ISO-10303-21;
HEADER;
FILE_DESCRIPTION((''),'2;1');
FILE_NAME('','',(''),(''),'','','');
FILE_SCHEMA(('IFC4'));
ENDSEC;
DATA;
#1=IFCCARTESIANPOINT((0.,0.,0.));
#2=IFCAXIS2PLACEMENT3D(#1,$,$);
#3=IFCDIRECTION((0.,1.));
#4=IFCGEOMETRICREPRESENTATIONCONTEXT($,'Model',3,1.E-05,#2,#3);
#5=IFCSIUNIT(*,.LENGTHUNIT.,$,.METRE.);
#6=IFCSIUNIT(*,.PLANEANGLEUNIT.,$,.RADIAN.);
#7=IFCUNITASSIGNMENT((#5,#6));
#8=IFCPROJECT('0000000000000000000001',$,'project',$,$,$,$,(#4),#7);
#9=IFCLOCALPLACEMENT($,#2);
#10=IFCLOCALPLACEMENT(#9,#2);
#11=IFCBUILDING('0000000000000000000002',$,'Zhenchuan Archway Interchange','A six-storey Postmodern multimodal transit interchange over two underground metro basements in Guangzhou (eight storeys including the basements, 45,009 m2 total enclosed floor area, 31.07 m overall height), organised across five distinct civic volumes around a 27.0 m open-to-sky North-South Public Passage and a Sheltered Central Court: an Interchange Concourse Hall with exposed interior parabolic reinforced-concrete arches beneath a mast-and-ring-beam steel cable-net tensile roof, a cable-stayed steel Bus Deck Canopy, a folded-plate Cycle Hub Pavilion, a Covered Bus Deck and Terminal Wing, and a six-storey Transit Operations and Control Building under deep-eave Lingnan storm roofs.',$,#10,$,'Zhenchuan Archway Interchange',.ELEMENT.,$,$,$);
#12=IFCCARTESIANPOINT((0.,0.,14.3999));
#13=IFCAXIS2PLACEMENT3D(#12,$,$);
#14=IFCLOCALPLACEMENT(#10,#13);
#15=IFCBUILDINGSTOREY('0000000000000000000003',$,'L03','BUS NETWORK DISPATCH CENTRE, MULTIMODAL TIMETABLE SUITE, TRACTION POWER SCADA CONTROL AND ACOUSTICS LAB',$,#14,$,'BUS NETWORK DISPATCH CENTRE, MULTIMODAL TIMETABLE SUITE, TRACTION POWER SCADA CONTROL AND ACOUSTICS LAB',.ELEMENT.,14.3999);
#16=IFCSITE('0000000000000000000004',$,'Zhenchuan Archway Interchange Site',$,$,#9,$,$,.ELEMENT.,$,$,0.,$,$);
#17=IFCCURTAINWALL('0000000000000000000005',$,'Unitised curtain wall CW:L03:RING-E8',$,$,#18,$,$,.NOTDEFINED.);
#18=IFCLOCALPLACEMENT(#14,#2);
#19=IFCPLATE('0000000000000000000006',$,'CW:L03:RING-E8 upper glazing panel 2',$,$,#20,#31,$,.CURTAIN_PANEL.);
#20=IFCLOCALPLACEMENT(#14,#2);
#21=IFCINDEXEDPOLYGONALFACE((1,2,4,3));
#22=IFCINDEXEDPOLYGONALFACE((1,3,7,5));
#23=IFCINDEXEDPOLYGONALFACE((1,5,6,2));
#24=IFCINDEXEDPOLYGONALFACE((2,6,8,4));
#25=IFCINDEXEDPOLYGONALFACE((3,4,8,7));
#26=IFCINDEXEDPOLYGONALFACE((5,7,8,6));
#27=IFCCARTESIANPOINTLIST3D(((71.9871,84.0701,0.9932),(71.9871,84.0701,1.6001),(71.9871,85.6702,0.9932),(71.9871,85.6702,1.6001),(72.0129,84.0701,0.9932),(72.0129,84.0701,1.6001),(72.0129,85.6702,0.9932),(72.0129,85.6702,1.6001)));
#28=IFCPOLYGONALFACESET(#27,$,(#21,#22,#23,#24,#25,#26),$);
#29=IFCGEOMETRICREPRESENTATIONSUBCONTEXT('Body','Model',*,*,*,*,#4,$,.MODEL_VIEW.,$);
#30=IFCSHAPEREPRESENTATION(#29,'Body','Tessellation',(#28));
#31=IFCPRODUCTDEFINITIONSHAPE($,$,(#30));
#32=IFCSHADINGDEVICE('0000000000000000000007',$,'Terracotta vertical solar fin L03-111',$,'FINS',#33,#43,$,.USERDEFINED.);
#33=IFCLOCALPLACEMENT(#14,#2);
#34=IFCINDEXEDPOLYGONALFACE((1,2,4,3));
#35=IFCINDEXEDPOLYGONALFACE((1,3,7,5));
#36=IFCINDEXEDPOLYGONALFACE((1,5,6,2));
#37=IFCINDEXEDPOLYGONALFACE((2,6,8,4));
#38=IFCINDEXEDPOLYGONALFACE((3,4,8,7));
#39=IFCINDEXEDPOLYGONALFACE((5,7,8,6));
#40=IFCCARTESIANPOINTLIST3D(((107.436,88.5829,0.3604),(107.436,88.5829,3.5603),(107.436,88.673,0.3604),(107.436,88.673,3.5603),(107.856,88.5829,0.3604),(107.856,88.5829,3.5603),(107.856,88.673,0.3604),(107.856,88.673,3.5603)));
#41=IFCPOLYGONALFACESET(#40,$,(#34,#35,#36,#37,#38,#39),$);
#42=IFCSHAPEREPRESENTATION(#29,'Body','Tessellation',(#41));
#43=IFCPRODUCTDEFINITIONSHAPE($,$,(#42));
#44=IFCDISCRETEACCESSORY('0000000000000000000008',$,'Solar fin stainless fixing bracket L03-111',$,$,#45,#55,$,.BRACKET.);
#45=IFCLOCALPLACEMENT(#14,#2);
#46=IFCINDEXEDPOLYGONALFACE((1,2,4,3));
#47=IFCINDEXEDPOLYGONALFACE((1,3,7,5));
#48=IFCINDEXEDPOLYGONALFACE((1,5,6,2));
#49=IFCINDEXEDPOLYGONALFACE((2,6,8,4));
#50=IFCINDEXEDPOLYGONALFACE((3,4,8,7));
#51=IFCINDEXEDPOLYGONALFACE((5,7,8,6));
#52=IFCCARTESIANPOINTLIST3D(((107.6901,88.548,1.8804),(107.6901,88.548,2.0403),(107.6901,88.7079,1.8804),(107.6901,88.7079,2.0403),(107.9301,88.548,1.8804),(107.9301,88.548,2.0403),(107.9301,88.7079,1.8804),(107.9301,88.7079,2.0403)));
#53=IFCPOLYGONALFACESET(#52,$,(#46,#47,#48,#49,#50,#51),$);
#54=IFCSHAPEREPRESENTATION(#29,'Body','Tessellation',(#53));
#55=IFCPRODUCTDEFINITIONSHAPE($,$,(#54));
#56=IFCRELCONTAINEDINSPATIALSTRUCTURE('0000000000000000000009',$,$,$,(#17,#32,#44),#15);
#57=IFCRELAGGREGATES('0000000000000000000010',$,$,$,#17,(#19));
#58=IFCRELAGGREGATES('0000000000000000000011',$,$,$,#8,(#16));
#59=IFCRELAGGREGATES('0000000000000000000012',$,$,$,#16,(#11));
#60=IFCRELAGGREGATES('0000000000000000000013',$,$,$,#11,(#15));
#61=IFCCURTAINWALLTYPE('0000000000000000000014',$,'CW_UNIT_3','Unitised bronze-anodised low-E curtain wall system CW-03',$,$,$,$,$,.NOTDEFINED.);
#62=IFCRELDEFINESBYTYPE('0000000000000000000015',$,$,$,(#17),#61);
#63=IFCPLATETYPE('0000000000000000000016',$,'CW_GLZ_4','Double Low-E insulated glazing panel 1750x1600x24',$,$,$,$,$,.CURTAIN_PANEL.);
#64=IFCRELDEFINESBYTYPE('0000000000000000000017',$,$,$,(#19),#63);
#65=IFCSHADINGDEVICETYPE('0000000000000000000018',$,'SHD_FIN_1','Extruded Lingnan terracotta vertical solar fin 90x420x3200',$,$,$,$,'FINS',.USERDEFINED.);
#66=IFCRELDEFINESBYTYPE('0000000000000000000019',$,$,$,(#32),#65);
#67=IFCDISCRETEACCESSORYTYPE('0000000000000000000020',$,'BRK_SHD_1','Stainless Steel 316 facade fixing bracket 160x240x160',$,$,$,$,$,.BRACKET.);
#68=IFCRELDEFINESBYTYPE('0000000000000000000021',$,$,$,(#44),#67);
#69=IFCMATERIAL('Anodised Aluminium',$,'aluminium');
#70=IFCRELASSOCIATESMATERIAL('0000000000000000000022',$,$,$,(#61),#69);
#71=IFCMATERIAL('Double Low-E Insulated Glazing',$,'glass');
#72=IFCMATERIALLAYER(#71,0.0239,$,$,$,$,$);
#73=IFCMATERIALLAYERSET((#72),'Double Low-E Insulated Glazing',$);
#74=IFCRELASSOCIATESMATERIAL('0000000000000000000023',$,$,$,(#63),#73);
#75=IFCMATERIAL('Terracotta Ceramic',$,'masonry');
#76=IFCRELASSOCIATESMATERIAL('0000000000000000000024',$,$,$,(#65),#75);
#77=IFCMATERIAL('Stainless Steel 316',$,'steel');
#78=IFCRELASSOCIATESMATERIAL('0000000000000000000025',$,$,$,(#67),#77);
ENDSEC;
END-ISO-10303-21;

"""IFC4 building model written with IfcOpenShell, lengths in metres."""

from ifc_helpers import new_model, si_unit, direction, frame, origin, origin_2d, place, context, subcontext, project, spatial, rectangle, extrude, material, layer, layer_set, type_object, element, aggregate, save


model = new_model("IFC4")

# Units and contexts
model_context = context("Model", 3, precision=1e-05, world=origin(), true_north=direction((0.0, 1.0)))
body_context = subcontext(model_context, "Body", "Model", "MODEL_VIEW")
ifc_project = project(units=[si_unit("LENGTHUNIT", "METRE"), si_unit("PLANEANGLEUNIT", "RADIAN")], contexts=[model_context])

# Site, building, storey
site_placement = place(None, origin())
site = spatial("IfcSite", under=ifc_project, at=site_placement, Name="Zhenchuan Archway Interchange Site", CompositionType="ELEMENT", RefElevation=0.0)
building_placement = place(site_placement, origin())
building = spatial("IfcBuilding", under=site, at=building_placement, Name="Zhenchuan Archway Interchange", Description="A six-storey Postmodern multimodal transit interchange over two underground metro basements in Guangzhou (eight storeys including the basements, 45,009 m2 total enclosed floor area, 31.07 m overall height), organised across five distinct civic volumes around a 27.0 m open-to-sky North-South Public Passage and a Sheltered Central Court: an Interchange Concourse Hall with exposed interior parabolic reinforced-concrete arches beneath a mast-and-ring-beam steel cable-net tensile roof, a cable-stayed steel Bus Deck Canopy, a folded-plate Cycle Hub Pavilion, a Covered Bus Deck and Terminal Wing, and a six-storey Transit Operations and Control Building under deep-eave Lingnan storm roofs.", LongName="Zhenchuan Archway Interchange", CompositionType="ELEMENT")
storey_placement = place(building_placement, frame((0.0, 0.0, 14.3999)))
storey = spatial("IfcBuildingStorey", under=building, at=storey_placement, Name="L03", Description="BUS NETWORK DISPATCH CENTRE, MULTIMODAL TIMETABLE SUITE, TRACTION POWER SCADA CONTROL AND ACOUSTICS LAB", LongName="BUS NETWORK DISPATCH CENTRE, MULTIMODAL TIMETABLE SUITE, TRACTION POWER SCADA CONTROL AND ACOUSTICS LAB", CompositionType="ELEMENT", Elevation=14.3999)

# Shared definitions
ifc_material_1 = material(Name="Anodised Aluminium", Category="aluminium")
curtain_wall_type = type_object("IfcCurtainWallType", Name="CW_UNIT_3", Description="Unitised bronze-anodised low-E curtain wall system CW-03", PredefinedType="NOTDEFINED", material=ifc_material_1)

# Curtain wall
curtain_wall_1_placement = place(storey_placement, origin())
curtain_wall_1 = element("IfcCurtainWall", 1, at=curtain_wall_1_placement, inside=storey, type_object=curtain_wall_type, Name="Unitised curtain wall CW:L03:RING-E8", PredefinedType="NOTDEFINED")

# Plate
ifc_material_2 = material(Name="Double Low-E Insulated Glazing", Category="glass")
ifc_layer_1 = layer(ifc_material_2, 0.0239)
ifc_layer_set_1 = layer_set([ifc_layer_1], Name="Double Low-E Insulated Glazing")
plate_type_1 = type_object("IfcPlateType", Name="CW_GLZ_4", Description="Double Low-E insulated glazing panel 1750x1600x24", PredefinedType="CURTAIN_PANEL", material=ifc_layer_set_1)
plate_1_placement = place(storey_placement, frame((72.0, 84.8701, 0.9932), z_axis=(0.0, 0.0, 1.0), x_axis=(0.0, 1.0, 0.0)))
plate_1 = element("IfcPlate", 2, at=plate_1_placement, type_object=plate_type_1, Name="CW:L03:RING-E8 upper glazing panel 2", PredefinedType="CURTAIN_PANEL", context=body_context, shape_type="SweptSolid", body=[
    extrude(rectangle(XDim=1.6001, YDim=0.0259, at=origin_2d()), origin(), (0.0, 0.0, 1.0), 0.6069),
])
aggregate(curtain_wall_1, [plate_1])

# Shading device
ifc_material_3 = material(Name="Terracotta Ceramic", Category="masonry")
shading_device_type = type_object("IfcShadingDeviceType", Name="SHD_FIN_1", Description="Extruded Lingnan terracotta vertical solar fin 90x420x3200", ElementType="FINS", PredefinedType="USERDEFINED", material=ifc_material_3)
shading_device_placement = place(storey_placement, frame((107.646, 88.6279, 0.3604), z_axis=(0.0, 0.0, 1.0), x_axis=(0.0, 1.0, 0.0)))
element("IfcShadingDevice", 3, at=shading_device_placement, inside=storey, type_object=shading_device_type, Name="Terracotta vertical solar fin L03-111", ObjectType="FINS", PredefinedType="USERDEFINED", context=body_context, shape_type="SweptSolid", body=[
    extrude(rectangle(XDim=0.0901, YDim=0.4199, at=origin_2d()), origin(), (0.0, 0.0, 1.0), 3.2),
])

# Discrete accessory
ifc_material_4 = material(Name="Stainless Steel 316", Category="steel")
discrete_accessory_type = type_object("IfcDiscreteAccessoryType", Name="BRK_SHD_1", Description="Stainless Steel 316 facade fixing bracket 160x240x160", PredefinedType="BRACKET", material=ifc_material_4)
discrete_accessory_placement = place(storey_placement, frame((107.8101, 88.6279, 1.8804), z_axis=(0.0, 0.0, 1.0), x_axis=(0.0, 1.0, 0.0)))
element("IfcDiscreteAccessory", 4, at=discrete_accessory_placement, inside=storey, type_object=discrete_accessory_type, Name="Solar fin stainless fixing bracket L03-111", PredefinedType="BRACKET", context=body_context, shape_type="SweptSolid", body=[
    extrude(rectangle(XDim=0.1599, YDim=0.24, at=origin_2d()), origin(), (0.0, 0.0, 1.0), 0.1599),
])

save(model, "model.ifc")
